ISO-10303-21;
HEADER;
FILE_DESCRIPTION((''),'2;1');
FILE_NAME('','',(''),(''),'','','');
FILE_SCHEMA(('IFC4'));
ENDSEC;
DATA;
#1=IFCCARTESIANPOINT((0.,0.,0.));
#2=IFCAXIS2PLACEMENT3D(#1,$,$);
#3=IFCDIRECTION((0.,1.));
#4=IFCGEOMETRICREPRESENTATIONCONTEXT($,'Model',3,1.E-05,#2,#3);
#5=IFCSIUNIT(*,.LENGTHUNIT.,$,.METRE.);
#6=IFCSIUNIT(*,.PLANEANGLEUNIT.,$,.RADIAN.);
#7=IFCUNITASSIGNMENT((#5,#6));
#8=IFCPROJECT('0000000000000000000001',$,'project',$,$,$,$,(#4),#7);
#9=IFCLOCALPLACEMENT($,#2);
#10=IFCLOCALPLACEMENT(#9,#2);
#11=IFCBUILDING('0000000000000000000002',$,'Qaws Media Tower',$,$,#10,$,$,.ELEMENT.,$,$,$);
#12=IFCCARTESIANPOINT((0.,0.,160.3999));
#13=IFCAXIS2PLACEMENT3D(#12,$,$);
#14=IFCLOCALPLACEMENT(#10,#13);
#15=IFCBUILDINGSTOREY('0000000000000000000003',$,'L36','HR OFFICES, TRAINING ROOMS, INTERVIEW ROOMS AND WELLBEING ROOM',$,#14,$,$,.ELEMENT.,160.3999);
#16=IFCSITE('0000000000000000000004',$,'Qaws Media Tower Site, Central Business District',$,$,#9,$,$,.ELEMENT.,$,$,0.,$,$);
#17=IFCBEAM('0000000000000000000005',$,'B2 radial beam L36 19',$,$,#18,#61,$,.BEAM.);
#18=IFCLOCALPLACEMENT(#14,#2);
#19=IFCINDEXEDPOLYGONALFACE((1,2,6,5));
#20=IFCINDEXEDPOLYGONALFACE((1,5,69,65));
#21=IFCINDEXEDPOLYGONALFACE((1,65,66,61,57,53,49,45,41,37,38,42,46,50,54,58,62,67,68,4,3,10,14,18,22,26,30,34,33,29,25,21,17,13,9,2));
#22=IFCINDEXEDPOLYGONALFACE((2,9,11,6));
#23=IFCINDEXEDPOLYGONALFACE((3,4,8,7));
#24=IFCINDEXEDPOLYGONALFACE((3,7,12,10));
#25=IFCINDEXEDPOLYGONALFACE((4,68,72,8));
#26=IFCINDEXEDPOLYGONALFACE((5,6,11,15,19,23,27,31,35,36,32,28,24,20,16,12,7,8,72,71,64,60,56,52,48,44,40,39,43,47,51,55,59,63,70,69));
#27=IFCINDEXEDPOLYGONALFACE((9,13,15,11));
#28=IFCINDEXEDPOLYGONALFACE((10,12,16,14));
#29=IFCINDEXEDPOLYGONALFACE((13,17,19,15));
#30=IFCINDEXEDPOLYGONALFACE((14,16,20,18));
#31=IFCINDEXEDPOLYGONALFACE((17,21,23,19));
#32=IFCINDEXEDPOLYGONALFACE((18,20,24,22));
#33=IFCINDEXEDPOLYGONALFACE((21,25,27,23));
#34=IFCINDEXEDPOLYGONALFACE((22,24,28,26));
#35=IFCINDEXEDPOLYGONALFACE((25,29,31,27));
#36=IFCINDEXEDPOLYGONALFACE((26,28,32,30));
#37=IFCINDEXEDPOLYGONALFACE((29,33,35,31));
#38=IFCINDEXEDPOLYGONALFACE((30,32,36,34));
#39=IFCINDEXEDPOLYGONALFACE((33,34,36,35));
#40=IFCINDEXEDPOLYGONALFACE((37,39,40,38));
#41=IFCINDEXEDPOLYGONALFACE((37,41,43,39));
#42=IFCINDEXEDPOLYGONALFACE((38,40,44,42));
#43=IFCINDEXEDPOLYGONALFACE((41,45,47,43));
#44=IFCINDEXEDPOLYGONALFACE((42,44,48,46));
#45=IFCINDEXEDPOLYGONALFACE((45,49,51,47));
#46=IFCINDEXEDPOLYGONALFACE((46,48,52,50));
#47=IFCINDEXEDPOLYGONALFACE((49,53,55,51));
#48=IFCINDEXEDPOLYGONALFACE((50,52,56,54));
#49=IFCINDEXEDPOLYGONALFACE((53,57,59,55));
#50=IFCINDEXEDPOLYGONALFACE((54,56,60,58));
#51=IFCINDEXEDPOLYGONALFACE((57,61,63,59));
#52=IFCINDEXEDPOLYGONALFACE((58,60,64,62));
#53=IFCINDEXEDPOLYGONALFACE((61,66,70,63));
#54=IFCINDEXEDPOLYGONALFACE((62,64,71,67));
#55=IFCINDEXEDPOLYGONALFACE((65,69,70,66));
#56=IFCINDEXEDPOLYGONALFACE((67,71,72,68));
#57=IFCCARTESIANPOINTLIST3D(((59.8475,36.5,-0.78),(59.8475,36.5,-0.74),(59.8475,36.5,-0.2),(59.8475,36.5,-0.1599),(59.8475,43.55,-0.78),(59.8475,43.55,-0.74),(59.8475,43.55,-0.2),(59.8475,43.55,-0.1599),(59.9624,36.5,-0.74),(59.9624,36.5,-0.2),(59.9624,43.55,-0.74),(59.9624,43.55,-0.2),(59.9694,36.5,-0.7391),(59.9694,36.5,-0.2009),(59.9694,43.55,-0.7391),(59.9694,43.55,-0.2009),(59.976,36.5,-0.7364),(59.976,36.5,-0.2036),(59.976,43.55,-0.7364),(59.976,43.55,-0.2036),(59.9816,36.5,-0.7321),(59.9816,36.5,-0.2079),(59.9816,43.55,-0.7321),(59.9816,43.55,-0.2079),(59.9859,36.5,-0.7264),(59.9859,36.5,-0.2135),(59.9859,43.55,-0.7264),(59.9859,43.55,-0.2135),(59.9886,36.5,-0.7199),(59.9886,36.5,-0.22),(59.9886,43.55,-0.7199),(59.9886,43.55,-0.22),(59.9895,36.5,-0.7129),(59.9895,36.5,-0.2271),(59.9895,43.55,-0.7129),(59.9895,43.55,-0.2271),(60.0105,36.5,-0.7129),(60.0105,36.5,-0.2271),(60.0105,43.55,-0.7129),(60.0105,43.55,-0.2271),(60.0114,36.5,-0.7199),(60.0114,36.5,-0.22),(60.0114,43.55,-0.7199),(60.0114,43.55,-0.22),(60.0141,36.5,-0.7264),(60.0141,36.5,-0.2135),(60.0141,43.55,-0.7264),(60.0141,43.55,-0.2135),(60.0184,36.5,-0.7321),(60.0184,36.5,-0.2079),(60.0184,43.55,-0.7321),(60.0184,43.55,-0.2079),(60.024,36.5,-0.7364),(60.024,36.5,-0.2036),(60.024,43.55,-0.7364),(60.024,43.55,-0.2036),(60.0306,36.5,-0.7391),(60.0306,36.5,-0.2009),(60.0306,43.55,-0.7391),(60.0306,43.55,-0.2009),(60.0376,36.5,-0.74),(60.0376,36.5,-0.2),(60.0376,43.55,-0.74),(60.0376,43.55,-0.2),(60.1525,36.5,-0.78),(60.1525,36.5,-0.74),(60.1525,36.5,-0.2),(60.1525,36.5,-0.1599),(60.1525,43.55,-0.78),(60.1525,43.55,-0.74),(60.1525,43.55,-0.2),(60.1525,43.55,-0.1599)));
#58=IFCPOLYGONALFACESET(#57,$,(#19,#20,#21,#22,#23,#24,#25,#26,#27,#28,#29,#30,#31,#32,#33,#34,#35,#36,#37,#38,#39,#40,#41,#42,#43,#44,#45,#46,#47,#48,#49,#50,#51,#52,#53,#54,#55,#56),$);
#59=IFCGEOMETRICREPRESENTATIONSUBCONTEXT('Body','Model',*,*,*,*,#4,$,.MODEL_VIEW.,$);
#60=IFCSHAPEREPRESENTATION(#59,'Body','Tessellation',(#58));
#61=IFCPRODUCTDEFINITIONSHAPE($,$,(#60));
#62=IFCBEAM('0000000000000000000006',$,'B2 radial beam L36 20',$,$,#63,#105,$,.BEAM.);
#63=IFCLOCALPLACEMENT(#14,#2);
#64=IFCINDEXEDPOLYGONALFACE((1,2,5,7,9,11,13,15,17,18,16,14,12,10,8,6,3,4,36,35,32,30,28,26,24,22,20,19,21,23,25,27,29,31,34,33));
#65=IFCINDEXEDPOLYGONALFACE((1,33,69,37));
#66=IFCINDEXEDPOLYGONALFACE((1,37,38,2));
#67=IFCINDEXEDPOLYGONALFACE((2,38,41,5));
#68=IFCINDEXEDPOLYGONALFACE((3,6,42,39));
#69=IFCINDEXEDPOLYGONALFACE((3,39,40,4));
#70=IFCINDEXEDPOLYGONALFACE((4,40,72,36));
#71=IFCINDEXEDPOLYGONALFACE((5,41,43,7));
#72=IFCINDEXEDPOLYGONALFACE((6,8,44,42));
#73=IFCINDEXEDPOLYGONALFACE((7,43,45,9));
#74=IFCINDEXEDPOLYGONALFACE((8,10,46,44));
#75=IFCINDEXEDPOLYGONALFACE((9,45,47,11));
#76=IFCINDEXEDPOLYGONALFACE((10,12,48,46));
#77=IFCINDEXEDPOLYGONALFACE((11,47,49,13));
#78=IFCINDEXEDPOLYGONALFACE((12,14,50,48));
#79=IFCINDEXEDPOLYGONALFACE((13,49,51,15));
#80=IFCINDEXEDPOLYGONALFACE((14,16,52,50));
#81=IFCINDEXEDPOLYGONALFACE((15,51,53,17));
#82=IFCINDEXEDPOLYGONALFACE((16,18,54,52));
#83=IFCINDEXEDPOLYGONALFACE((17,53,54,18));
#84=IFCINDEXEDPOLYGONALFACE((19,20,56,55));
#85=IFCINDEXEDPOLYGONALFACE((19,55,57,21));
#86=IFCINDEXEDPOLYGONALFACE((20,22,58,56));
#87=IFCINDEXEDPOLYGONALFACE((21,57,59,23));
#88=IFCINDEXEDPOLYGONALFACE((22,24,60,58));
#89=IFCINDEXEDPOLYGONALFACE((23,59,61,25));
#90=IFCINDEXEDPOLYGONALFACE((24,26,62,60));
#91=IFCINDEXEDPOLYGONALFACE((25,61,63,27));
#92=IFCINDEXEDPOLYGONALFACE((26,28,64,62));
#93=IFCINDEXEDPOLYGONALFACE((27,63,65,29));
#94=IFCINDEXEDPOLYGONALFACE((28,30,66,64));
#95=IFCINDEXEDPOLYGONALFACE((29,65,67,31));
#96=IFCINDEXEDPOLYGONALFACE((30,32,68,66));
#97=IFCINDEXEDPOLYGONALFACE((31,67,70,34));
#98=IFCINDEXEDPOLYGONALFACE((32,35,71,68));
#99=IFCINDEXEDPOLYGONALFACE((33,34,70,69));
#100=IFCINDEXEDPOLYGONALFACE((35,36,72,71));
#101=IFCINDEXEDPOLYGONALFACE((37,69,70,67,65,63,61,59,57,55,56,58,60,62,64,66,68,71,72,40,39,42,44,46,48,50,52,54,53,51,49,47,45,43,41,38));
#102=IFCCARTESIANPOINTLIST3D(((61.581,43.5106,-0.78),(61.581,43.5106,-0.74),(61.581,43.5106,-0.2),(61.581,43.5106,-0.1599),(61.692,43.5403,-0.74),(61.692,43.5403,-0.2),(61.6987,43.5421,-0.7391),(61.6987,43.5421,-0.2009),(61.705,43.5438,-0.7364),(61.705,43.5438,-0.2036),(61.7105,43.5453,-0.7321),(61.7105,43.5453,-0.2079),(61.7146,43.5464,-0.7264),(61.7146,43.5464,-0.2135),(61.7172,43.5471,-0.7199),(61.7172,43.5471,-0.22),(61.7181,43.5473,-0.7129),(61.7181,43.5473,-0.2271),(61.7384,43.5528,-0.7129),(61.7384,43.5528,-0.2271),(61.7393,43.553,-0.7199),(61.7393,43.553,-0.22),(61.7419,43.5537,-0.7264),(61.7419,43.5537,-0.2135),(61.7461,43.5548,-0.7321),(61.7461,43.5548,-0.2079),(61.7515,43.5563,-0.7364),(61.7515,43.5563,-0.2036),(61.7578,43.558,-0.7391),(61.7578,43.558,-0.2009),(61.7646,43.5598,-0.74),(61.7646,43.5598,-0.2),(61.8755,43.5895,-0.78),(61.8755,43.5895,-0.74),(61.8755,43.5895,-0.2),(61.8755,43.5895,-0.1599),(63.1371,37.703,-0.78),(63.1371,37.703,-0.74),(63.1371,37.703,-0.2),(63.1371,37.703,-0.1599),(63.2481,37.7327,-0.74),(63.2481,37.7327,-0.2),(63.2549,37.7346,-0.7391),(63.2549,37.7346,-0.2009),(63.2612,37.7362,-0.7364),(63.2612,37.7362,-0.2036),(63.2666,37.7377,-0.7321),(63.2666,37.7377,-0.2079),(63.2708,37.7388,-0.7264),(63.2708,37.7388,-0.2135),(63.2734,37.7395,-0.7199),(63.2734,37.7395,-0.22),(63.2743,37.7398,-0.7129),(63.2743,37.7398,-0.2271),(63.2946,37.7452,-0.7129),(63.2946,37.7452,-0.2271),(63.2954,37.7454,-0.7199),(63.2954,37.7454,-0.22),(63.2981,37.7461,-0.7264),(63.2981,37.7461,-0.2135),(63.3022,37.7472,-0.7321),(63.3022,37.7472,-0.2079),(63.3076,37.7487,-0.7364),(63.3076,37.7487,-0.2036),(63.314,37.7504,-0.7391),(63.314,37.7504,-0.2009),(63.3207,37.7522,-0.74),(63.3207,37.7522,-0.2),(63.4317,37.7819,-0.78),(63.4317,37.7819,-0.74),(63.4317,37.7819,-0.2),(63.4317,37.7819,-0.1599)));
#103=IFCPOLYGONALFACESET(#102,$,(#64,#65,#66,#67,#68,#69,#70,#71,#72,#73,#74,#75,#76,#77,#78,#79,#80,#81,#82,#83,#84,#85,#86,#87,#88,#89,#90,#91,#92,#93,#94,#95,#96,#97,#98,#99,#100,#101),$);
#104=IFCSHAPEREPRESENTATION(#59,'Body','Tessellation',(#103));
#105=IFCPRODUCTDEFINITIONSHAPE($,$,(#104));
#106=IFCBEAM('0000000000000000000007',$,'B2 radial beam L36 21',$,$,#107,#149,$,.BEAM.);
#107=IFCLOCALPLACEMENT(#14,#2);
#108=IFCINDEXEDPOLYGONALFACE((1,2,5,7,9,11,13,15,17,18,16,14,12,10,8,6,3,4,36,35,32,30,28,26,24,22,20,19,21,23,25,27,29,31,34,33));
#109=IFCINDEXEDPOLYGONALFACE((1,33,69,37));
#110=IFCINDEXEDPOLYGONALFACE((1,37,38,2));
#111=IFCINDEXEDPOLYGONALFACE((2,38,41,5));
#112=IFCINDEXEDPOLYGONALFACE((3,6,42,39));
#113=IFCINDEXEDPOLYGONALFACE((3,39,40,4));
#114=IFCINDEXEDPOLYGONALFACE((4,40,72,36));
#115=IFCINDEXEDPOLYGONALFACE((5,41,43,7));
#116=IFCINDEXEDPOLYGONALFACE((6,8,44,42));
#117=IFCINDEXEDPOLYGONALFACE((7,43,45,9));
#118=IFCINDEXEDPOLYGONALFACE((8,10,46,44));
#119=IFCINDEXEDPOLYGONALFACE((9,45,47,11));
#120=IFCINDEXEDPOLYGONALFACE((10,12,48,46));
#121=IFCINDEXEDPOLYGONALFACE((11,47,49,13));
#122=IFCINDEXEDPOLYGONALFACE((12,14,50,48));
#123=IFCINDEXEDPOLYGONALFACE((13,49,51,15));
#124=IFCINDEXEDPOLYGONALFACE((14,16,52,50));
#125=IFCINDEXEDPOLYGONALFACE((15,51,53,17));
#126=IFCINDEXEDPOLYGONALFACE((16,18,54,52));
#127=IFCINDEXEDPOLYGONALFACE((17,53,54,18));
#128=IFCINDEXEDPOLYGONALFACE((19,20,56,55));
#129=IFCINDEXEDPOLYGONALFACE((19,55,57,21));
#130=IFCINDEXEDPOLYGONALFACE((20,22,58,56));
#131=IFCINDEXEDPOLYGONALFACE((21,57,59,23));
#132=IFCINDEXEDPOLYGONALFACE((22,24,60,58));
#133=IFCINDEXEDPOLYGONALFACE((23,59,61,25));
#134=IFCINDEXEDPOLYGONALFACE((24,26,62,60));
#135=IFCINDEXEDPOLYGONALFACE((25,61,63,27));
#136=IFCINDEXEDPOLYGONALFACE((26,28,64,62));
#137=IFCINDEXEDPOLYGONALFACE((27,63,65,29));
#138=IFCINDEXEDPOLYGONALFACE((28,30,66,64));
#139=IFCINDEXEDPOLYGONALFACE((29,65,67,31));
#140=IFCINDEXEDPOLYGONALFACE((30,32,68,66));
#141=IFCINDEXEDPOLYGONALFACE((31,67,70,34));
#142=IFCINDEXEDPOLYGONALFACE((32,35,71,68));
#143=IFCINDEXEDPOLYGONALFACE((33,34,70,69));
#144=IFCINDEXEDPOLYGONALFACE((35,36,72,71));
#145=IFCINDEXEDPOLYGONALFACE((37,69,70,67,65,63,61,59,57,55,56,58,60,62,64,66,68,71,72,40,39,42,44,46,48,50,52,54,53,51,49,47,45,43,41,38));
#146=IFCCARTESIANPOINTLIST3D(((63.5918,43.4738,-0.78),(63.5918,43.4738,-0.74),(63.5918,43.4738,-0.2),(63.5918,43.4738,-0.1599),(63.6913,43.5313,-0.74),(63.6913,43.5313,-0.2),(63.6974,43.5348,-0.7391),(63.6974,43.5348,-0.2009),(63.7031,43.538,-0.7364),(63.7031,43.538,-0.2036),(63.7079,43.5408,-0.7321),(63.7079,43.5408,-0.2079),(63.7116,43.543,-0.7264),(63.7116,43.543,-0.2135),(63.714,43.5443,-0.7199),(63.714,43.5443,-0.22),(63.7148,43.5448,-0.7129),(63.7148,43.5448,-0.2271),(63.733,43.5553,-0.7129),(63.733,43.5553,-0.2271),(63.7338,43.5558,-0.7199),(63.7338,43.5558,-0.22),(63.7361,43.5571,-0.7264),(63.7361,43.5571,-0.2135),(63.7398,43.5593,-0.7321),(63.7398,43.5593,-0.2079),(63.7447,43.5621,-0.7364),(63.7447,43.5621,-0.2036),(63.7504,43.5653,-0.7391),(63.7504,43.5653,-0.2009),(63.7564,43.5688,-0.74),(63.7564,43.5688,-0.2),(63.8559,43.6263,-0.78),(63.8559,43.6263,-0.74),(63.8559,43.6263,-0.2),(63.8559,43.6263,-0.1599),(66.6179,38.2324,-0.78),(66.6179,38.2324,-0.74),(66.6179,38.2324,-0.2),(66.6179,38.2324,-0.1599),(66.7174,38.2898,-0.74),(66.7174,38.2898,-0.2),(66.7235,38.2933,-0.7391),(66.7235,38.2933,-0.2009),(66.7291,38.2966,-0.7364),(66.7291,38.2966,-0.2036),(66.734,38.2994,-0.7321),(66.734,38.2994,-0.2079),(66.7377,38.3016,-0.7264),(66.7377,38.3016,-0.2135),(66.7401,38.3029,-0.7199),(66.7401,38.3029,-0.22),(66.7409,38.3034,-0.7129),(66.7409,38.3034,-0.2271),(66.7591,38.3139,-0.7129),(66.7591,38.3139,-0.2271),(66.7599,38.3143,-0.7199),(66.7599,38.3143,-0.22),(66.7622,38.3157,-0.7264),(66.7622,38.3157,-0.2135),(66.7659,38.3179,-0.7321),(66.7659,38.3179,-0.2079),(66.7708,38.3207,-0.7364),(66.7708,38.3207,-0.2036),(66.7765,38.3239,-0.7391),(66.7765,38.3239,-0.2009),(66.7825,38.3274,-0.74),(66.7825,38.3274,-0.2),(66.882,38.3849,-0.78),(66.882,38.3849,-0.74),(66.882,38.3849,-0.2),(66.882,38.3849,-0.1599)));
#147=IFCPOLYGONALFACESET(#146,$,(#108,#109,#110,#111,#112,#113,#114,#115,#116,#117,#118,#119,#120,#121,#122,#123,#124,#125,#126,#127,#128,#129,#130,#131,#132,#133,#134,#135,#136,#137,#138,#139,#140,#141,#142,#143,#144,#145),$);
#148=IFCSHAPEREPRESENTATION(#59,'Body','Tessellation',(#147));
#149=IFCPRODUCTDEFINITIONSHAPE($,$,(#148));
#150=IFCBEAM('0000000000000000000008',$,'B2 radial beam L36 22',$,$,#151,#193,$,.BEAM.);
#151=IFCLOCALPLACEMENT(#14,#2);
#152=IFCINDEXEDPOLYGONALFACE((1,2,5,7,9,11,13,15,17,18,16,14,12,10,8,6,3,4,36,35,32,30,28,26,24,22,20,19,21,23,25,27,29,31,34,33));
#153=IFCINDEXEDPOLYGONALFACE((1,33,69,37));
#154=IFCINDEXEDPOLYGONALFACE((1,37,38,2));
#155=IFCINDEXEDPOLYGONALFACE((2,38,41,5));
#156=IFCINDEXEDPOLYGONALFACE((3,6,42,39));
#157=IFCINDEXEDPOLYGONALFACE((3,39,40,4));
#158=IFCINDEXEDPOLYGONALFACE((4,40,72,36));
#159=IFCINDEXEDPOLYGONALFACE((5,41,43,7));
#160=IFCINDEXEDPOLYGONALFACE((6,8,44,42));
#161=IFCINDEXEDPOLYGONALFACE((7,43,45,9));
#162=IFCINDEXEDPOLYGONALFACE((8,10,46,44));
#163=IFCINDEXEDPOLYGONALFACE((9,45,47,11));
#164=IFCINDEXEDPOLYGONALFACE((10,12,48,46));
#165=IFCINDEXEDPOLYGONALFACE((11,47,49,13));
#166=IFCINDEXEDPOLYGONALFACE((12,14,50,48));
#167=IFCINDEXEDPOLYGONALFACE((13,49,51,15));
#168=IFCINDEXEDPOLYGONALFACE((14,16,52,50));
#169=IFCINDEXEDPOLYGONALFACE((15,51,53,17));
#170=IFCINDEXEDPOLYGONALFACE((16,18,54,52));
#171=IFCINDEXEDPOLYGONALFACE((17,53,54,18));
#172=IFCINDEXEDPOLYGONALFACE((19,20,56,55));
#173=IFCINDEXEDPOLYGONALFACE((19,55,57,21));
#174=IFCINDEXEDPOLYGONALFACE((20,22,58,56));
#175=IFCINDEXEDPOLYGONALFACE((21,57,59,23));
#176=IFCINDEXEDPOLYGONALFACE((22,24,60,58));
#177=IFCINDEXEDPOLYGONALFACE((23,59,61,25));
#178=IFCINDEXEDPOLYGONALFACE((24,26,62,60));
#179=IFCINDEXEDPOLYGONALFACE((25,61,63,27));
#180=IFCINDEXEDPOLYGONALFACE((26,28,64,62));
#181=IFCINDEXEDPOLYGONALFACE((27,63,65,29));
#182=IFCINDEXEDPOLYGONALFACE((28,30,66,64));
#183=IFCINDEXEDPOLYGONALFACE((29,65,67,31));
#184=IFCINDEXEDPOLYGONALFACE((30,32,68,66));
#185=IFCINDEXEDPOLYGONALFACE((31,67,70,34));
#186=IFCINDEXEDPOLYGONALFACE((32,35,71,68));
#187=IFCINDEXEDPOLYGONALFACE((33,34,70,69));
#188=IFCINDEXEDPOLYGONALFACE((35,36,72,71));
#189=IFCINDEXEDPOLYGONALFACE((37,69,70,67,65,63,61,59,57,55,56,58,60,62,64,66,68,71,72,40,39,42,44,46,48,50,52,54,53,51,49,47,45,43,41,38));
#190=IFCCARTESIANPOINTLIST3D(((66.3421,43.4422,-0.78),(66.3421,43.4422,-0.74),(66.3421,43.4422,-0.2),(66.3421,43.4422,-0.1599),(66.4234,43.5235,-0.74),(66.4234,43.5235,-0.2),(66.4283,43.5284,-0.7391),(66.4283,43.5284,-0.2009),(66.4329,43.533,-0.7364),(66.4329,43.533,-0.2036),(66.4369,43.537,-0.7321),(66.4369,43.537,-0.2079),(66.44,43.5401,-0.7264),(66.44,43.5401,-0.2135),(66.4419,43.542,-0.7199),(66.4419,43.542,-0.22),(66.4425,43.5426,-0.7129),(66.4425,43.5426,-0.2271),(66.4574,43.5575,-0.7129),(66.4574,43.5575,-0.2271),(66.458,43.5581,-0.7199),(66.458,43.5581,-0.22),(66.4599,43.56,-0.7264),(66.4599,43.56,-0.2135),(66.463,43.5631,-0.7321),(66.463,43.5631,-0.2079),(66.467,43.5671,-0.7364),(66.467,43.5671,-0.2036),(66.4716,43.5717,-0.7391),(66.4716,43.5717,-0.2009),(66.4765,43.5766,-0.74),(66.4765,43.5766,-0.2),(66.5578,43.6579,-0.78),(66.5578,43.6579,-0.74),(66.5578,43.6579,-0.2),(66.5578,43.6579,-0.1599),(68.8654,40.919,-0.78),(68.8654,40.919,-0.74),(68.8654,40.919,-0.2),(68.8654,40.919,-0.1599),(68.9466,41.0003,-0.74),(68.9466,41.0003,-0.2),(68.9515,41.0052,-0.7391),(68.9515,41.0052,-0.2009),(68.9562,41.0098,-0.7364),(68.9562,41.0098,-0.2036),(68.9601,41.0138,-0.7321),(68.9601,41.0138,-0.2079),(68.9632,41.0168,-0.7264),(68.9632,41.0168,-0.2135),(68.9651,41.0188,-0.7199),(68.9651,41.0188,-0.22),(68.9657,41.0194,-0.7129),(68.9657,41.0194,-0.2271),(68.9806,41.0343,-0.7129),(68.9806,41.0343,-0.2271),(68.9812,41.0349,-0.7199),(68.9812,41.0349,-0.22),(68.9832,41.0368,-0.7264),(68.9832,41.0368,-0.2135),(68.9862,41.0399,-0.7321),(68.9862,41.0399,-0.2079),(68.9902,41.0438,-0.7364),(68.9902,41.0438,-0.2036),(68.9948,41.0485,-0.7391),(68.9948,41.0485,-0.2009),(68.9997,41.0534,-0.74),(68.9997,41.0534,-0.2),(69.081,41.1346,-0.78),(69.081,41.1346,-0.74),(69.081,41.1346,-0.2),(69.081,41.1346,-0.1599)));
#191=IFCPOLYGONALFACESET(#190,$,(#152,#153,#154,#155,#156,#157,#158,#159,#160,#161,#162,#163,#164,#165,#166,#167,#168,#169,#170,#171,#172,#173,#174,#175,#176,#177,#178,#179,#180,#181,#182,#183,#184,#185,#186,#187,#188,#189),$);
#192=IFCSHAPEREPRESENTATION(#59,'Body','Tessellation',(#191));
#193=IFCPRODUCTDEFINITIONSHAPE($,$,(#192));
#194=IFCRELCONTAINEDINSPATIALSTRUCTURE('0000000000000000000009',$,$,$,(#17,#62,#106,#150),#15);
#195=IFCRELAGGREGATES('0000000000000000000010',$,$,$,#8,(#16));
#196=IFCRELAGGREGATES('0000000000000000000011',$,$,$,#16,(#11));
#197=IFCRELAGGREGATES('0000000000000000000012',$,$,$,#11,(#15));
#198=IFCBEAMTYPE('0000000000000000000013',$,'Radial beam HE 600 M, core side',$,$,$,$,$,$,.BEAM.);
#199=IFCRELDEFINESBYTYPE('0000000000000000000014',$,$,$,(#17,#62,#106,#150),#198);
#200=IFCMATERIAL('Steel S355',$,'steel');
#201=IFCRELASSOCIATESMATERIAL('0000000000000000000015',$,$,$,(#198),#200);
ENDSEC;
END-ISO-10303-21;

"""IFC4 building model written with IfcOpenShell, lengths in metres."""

from ifc_helpers import new_model, si_unit, direction, frame, origin, origin_2d, place, context, subcontext, project, spatial, i_section, extrude, material, material_profile, profile_set, type_object, element, save


model = new_model("IFC4")

# Units and contexts
model_context = context("Model", 3, precision=1e-05, world=origin(), true_north=direction((0.0, 1.0)))
body_context = subcontext(model_context, "Body", "Model", "MODEL_VIEW")
ifc_project = project(units=[si_unit("LENGTHUNIT", "METRE"), si_unit("PLANEANGLEUNIT", "RADIAN")], contexts=[model_context])

# Site, building, storey
site_placement = place(None, origin())
site = spatial("IfcSite", under=ifc_project, at=site_placement, Name="Qaws Media Tower Site, Central Business District", CompositionType="ELEMENT", RefElevation=0.0)
building_placement = place(site_placement, origin())
building = spatial("IfcBuilding", under=site, at=building_placement, Name="Qaws Media Tower", CompositionType="ELEMENT")
storey_placement = place(building_placement, frame((0.0, 0.0, 160.3999)))
storey = spatial("IfcBuildingStorey", under=building, at=storey_placement, Name="L36", Description="HR OFFICES, TRAINING ROOMS, INTERVIEW ROOMS AND WELLBEING ROOM", CompositionType="ELEMENT", Elevation=160.3999)

# Beams
ifc_material_1 = material(Name="Steel S355", Category="steel")
ifc_material_profile_1 = material_profile(ifc_material_1, i_section(OverallWidth=0.3049, OverallDepth=0.6201, WebThickness=0.021, FlangeThickness=0.04, FilletRadius=0.0271, at=origin_2d()), Name="HE 600 M")
ifc_profile_set_1 = profile_set([ifc_material_profile_1], Name="Steel S355")
beam_type_1 = type_object("IfcBeamType", Name="Radial beam HE 600 M, core side", PredefinedType="BEAM", material=ifc_profile_set_1)
beam_1_placement = place(storey_placement, frame((60.0, 43.55, -0.47), z_axis=(0.0, -1.0, 0.0), x_axis=(1.0, 0.0, 0.0)))
element("IfcBeam", 1, at=beam_1_placement, inside=storey, type_object=beam_type_1, Name="B2 radial beam L36 19", PredefinedType="BEAM", context=body_context, shape_type="SweptSolid", body=[
    extrude(i_section(OverallWidth=0.3049, OverallDepth=0.6201, WebThickness=0.021, FlangeThickness=0.04, FilletRadius=0.0271, at=origin_2d()), origin(), (0.0, 0.0, 1.0), 7.05),
])
beam_2_placement = place(storey_placement, frame((61.7283, 43.55, -0.47), z_axis=(0.25882, -0.965926, 0.0), x_axis=(0.965926, 0.25882, 0.0)))
element("IfcBeam", 2, at=beam_2_placement, inside=storey, type_object=beam_type_1, Name="B2 radial beam L36 20", PredefinedType="BEAM", context=body_context, shape_type="SweptSolid", body=[
    extrude(i_section(OverallWidth=0.3049, OverallDepth=0.6201, WebThickness=0.021, FlangeThickness=0.04, FilletRadius=0.0271, at=origin_2d()), origin(), (0.0, 0.0, 1.0), 6.0125),
])
beam_3_placement = place(storey_placement, frame((63.7239, 43.55, -0.47), z_axis=(0.499996, -0.866028, 0.0), x_axis=(0.866028, 0.499996, 0.0)))
element("IfcBeam", 3, at=beam_3_placement, inside=storey, type_object=beam_type_1, Name="B2 radial beam L36 21", PredefinedType="BEAM", context=body_context, shape_type="SweptSolid", body=[
    extrude(i_section(OverallWidth=0.3049, OverallDepth=0.6201, WebThickness=0.021, FlangeThickness=0.04, FilletRadius=0.0271, at=origin_2d()), origin(), (0.0, 0.0, 1.0), 6.0522),
])
beam_4_placement = place(storey_placement, frame((66.45, 43.55, -0.47), z_axis=(0.707107, -0.707107, 0.0), x_axis=(0.707107, 0.707107, 0.0)))
element("IfcBeam", 4, at=beam_4_placement, inside=storey, type_object=beam_type_1, Name="B2 radial beam L36 22", PredefinedType="BEAM", context=body_context, shape_type="SweptSolid", body=[
    extrude(i_section(OverallWidth=0.3049, OverallDepth=0.6201, WebThickness=0.021, FlangeThickness=0.04, FilletRadius=0.0271, at=origin_2d()), origin(), (0.0, 0.0, 1.0), 3.5684),
])

save(model, "model.ifc")
